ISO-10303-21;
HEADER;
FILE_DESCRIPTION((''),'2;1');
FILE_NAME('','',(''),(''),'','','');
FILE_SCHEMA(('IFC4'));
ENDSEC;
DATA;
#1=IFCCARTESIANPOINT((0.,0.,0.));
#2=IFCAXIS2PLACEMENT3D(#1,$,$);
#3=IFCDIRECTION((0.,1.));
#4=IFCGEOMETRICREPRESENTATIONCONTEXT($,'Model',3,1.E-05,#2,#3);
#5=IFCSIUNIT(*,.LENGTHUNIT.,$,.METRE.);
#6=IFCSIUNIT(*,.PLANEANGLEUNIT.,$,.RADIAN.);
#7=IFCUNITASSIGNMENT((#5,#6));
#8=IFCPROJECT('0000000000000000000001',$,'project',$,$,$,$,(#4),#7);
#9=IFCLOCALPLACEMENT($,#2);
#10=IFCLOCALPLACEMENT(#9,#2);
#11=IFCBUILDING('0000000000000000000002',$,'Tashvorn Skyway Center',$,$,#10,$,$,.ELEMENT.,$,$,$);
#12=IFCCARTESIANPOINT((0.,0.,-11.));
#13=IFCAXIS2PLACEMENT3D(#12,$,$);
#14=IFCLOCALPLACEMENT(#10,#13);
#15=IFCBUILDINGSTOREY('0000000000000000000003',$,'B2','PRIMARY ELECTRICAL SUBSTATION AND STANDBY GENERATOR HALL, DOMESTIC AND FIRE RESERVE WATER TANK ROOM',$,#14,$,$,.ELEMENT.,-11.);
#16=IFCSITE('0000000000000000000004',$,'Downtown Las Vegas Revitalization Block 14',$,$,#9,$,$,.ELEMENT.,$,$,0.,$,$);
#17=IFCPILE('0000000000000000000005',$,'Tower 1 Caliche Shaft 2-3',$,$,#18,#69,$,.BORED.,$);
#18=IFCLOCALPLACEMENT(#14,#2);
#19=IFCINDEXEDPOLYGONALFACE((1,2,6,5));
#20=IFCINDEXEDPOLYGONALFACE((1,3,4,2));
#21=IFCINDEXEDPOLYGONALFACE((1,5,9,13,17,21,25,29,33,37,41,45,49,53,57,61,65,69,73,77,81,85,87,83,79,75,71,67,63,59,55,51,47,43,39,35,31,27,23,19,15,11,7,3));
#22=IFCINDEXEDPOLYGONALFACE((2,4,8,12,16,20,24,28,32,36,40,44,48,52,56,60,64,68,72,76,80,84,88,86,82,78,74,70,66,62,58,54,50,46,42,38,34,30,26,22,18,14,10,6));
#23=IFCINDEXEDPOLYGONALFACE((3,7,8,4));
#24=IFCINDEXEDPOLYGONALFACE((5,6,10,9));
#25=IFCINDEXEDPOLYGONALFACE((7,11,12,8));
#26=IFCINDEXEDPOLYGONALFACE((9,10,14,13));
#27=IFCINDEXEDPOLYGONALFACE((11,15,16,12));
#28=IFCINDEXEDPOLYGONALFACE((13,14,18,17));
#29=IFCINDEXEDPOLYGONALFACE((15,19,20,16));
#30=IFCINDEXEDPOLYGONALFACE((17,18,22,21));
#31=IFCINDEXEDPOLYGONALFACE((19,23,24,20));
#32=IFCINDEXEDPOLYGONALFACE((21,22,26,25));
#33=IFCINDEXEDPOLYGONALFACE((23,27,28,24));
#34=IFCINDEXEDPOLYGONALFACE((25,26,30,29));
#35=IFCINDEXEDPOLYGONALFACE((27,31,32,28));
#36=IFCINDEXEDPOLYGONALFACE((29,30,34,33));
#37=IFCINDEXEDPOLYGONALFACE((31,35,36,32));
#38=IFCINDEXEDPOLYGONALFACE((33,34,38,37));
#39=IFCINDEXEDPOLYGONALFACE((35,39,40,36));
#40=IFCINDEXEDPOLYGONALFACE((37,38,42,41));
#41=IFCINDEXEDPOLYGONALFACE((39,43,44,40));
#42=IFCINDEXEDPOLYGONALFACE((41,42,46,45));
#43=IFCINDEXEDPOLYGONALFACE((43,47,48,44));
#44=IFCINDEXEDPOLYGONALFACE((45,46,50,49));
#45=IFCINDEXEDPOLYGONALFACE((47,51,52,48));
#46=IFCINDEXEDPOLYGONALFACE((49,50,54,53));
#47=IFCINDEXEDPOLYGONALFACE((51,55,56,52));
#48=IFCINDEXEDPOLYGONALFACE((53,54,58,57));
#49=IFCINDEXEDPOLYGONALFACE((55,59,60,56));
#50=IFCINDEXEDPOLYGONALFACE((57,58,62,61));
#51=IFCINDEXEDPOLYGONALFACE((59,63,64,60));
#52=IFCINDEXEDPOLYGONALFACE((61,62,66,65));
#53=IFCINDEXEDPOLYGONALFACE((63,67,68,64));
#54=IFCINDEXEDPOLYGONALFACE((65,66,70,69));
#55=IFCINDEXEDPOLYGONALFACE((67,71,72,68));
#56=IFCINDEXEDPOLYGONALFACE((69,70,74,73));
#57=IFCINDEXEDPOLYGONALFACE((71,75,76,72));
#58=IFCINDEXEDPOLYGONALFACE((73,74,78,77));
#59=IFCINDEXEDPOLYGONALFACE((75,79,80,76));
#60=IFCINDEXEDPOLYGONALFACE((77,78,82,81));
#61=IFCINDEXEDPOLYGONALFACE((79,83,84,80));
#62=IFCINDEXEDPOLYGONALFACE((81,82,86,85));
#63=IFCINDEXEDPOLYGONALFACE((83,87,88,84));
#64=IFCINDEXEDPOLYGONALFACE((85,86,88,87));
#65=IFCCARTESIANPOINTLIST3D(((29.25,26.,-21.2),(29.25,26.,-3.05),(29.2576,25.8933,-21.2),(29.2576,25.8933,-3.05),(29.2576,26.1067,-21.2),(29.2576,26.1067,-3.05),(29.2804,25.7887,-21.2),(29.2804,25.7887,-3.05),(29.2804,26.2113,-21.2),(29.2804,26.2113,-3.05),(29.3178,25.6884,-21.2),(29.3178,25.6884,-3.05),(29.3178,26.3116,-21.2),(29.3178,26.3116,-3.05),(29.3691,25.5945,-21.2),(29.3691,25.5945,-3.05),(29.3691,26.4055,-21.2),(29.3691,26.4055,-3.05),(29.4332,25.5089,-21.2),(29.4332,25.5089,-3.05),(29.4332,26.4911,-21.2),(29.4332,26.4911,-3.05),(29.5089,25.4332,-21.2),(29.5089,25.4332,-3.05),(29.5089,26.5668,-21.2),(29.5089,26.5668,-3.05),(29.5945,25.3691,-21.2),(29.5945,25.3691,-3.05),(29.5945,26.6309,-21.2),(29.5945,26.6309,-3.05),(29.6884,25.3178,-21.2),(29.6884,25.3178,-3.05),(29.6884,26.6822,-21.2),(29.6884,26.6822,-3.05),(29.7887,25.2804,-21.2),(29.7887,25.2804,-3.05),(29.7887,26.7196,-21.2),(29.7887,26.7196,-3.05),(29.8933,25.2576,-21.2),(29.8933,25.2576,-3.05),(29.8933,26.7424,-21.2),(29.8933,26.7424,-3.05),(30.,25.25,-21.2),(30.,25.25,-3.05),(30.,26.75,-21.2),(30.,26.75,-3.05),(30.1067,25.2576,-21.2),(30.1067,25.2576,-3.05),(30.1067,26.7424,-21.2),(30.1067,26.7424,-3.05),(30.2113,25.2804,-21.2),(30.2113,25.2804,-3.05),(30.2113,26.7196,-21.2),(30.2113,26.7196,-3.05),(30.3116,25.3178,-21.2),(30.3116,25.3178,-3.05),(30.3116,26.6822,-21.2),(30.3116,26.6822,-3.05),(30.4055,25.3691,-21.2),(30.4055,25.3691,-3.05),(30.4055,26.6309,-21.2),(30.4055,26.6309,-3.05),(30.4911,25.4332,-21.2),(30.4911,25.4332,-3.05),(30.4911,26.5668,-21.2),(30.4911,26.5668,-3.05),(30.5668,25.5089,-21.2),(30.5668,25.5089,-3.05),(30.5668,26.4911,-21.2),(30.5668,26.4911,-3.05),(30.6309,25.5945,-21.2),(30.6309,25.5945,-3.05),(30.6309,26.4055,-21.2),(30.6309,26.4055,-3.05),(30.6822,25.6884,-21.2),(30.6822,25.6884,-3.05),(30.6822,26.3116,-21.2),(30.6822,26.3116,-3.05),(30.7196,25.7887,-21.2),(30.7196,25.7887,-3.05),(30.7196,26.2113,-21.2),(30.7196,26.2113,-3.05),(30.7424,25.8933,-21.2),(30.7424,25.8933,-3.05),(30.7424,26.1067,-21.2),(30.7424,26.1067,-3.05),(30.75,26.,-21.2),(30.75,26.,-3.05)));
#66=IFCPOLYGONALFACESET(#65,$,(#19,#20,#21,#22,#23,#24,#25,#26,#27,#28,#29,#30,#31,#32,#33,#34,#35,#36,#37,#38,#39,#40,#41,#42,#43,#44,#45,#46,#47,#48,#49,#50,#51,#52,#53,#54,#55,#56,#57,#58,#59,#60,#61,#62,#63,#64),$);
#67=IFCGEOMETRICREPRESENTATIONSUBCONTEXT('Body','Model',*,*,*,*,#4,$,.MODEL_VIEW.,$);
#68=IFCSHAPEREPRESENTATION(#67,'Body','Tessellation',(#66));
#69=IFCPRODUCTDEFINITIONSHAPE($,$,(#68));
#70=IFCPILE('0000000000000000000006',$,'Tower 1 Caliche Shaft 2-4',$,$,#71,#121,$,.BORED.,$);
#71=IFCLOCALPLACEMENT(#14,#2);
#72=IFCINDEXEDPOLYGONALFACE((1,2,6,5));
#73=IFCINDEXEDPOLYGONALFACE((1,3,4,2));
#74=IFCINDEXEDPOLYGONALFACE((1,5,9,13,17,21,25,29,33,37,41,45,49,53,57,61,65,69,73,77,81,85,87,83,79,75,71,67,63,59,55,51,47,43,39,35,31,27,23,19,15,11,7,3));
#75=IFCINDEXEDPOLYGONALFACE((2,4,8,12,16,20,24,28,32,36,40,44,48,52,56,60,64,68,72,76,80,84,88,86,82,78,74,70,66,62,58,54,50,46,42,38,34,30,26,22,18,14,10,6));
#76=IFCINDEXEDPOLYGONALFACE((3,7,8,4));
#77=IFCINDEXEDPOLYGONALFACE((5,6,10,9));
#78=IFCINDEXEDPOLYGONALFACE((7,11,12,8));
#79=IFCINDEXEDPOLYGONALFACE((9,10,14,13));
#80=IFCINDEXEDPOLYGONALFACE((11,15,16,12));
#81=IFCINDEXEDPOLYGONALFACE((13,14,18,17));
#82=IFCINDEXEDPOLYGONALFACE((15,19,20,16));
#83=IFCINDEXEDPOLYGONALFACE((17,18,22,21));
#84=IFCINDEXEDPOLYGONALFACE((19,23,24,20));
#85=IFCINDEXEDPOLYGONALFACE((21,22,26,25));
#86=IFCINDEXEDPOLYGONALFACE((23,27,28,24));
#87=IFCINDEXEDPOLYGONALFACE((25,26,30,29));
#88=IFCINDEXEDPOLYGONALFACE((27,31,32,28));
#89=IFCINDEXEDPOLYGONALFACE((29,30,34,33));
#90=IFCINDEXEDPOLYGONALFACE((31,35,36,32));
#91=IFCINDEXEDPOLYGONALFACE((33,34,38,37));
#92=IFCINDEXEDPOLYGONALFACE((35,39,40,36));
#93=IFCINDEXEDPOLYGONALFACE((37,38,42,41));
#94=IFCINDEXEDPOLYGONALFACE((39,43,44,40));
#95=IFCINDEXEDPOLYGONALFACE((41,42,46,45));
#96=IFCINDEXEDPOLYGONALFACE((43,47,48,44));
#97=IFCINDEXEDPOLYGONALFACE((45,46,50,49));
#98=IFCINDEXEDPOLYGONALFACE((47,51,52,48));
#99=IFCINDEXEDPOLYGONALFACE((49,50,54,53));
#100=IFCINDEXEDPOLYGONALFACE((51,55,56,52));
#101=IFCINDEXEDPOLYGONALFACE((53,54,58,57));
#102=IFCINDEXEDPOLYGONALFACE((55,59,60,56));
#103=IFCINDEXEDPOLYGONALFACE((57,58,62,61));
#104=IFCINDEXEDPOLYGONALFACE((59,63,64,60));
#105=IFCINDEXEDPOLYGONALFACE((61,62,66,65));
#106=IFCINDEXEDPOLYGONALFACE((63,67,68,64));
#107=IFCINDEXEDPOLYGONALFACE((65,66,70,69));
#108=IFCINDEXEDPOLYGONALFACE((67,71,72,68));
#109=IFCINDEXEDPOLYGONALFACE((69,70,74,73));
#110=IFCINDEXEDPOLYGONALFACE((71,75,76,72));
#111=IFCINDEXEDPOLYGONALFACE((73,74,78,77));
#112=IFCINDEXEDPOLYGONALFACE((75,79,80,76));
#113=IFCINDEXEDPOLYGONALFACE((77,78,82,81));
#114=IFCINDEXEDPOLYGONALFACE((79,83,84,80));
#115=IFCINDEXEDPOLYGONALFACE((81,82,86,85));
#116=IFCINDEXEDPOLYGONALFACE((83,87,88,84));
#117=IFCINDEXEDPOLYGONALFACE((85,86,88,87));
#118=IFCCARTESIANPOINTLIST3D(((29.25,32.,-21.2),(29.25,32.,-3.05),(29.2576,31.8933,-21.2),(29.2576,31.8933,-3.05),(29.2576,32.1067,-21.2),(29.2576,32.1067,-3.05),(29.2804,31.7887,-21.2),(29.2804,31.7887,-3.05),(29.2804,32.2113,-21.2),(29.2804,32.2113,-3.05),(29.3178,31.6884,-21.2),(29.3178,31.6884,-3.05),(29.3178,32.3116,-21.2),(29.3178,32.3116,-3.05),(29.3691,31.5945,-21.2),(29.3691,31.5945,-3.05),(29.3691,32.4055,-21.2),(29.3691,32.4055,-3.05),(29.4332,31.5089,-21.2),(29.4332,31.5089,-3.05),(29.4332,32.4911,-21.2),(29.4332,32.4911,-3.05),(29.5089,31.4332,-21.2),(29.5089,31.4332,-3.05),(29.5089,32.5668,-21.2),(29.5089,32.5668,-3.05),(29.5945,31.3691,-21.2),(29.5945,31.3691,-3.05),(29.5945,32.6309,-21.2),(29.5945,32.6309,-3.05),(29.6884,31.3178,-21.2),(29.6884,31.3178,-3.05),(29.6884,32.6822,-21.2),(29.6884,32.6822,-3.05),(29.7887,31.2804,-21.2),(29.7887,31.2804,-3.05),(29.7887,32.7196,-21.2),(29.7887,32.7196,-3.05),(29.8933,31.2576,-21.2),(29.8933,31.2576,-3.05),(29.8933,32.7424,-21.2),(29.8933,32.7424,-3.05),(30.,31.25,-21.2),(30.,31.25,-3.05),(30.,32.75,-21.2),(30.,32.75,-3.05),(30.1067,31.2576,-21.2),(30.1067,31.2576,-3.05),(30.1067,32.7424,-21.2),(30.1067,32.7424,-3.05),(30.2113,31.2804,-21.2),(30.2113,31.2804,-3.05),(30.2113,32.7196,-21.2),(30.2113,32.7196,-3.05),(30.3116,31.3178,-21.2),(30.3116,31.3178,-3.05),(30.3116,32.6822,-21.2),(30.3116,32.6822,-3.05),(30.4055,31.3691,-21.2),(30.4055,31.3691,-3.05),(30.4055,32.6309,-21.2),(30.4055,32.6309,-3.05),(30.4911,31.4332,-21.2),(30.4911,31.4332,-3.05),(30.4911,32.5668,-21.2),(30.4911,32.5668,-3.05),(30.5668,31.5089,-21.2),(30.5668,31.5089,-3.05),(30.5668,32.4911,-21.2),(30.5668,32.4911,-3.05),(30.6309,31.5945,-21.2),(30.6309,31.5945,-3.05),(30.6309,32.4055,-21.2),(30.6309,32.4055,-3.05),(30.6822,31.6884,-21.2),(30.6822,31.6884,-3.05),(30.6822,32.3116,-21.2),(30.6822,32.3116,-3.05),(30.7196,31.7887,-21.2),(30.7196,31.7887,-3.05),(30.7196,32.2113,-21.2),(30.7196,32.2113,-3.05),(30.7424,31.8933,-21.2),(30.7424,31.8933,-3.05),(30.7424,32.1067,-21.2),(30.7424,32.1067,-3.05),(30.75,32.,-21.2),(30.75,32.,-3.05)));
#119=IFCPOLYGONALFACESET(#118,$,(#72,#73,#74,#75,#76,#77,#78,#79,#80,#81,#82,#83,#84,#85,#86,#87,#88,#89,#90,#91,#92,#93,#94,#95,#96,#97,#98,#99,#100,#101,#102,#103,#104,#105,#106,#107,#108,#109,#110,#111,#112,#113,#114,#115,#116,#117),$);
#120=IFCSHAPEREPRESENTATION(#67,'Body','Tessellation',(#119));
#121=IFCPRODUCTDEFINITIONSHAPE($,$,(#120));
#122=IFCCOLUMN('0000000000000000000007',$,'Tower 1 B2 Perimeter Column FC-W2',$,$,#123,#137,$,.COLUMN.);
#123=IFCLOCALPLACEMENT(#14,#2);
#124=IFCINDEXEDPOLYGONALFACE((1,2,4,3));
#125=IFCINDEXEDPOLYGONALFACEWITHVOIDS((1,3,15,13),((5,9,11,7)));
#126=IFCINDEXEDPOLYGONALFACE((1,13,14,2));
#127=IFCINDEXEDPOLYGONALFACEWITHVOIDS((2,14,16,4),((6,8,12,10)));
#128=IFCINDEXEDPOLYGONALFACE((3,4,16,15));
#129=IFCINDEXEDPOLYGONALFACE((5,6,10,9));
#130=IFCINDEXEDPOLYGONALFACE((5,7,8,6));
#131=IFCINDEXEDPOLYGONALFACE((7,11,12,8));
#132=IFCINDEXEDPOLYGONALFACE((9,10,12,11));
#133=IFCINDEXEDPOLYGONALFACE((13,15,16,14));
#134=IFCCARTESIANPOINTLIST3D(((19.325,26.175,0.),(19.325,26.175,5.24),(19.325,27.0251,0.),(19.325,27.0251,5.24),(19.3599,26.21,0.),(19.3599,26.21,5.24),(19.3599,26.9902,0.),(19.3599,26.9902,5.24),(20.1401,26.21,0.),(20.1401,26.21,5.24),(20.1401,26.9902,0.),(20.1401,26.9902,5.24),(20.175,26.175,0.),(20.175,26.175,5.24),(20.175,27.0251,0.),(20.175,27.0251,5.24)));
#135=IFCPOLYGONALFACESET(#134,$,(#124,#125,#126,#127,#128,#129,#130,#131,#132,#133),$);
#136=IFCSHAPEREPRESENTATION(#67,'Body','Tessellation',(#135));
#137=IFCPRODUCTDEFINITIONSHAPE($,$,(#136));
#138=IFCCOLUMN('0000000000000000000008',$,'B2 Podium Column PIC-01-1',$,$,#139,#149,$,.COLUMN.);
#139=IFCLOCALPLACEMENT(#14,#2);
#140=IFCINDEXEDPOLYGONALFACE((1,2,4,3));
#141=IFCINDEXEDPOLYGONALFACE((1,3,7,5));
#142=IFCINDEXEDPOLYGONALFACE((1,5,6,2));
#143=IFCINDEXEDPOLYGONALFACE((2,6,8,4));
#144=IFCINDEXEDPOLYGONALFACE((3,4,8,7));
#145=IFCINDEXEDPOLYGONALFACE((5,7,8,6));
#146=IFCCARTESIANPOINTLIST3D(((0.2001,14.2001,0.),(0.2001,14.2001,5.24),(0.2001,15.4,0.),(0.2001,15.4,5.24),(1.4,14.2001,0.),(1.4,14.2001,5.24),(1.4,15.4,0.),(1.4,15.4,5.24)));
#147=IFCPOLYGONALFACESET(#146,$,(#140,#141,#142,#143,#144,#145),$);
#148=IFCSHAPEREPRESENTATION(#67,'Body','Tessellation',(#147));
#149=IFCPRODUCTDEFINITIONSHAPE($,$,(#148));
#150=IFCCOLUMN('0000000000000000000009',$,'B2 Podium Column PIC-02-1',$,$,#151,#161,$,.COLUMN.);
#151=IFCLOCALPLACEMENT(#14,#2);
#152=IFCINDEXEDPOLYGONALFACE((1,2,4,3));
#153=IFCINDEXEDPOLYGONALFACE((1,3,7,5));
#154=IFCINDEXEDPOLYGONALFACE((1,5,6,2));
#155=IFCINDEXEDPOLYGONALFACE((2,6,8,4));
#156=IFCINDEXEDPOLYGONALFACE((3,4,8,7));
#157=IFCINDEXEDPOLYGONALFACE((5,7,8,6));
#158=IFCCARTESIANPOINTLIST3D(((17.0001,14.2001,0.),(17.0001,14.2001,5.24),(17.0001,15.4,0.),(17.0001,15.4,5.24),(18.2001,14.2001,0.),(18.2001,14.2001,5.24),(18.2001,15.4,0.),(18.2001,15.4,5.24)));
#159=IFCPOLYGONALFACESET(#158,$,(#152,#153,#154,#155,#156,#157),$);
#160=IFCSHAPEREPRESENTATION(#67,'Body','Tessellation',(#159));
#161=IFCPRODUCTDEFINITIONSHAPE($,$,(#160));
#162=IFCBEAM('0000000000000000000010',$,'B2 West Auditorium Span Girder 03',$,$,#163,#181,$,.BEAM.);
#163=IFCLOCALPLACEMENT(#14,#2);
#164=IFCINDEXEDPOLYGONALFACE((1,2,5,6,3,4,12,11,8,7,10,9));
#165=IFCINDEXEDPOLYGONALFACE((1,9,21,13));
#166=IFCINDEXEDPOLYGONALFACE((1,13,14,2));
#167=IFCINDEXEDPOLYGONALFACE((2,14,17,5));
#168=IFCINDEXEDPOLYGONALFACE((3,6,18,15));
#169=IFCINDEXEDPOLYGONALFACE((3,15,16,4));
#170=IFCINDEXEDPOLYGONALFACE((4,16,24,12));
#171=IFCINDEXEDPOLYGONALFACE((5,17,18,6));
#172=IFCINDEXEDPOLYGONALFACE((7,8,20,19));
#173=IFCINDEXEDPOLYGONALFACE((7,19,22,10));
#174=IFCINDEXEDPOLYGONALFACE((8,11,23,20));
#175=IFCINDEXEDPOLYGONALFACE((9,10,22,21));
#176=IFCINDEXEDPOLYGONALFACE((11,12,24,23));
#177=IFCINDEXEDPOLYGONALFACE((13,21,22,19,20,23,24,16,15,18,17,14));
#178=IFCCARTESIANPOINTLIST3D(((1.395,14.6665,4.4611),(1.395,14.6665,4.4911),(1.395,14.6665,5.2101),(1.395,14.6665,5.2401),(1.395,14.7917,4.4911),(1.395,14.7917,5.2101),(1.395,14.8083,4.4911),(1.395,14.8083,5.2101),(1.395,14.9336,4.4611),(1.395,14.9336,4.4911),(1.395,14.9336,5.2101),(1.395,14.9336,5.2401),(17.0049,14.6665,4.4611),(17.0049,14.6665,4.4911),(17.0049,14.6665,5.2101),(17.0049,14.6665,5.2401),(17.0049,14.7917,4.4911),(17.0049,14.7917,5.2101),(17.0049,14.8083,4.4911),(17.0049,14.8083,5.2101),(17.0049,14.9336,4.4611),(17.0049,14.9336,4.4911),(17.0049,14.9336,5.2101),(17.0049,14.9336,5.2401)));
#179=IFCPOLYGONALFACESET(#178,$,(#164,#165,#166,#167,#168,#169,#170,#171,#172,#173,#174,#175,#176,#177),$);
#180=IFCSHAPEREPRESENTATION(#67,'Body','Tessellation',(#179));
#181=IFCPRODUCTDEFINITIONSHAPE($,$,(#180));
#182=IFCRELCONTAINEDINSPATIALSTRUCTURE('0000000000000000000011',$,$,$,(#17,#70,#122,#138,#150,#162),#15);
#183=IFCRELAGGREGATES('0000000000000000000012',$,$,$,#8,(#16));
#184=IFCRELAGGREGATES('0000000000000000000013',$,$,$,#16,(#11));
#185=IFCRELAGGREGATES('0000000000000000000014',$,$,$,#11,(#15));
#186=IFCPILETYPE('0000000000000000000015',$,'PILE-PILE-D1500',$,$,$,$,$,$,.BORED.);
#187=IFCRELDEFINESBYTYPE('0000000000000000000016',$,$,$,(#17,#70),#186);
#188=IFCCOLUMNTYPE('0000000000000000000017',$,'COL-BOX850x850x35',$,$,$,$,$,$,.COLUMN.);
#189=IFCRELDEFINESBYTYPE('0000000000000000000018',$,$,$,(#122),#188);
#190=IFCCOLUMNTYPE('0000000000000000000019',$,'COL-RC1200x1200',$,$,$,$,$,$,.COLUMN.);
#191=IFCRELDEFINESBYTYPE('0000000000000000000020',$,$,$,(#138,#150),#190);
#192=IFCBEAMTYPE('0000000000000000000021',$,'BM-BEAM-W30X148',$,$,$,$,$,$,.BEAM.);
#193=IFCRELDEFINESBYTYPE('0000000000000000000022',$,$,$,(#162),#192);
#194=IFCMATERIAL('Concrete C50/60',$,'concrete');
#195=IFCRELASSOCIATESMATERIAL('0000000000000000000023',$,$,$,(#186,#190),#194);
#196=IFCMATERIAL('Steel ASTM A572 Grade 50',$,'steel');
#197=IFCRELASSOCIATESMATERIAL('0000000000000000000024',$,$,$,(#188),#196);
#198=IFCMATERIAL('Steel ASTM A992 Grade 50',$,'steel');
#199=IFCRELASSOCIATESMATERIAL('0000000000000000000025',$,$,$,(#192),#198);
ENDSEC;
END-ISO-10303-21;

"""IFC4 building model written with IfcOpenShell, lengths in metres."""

from ifc_helpers import new_model, si_unit, direction, frame, origin, origin_2d, place, context, subcontext, project, spatial, rectangle, hollow_rectangle, circle, i_section, extrude, material, material_profile, profile_set, type_object, element, save


model = new_model("IFC4")

# Units and contexts
model_context = context("Model", 3, precision=1e-05, world=origin(), true_north=direction((0.0, 1.0)))
body_context = subcontext(model_context, "Body", "Model", "MODEL_VIEW")
ifc_project = project(units=[si_unit("LENGTHUNIT", "METRE"), si_unit("PLANEANGLEUNIT", "RADIAN")], contexts=[model_context])

# Site, building, storey
site_placement = place(None, origin())
site = spatial("IfcSite", under=ifc_project, at=site_placement, Name="Downtown Las Vegas Revitalization Block 14", CompositionType="ELEMENT", RefElevation=0.0)
building_placement = place(site_placement, origin())
building = spatial("IfcBuilding", under=site, at=building_placement, Name="Tashvorn Skyway Center", CompositionType="ELEMENT")
storey_placement = place(building_placement, frame((0.0, 0.0, -11.0)))
storey = spatial("IfcBuildingStorey", under=building, at=storey_placement, Name="B2", Description="PRIMARY ELECTRICAL SUBSTATION AND STANDBY GENERATOR HALL, DOMESTIC AND FIRE RESERVE WATER TANK ROOM", CompositionType="ELEMENT", Elevation=-11.0)

# Piles
ifc_material_1 = material(Name="Concrete C50/60", Category="concrete")
ifc_material_profile_1 = material_profile(ifc_material_1, circle(Radius=0.75, at=origin_2d()), Name="PILE-D1500")
ifc_profile_set_1 = profile_set([ifc_material_profile_1], Name="Concrete C50/60")
pile_type = type_object("IfcPileType", Name="PILE-PILE-D1500", PredefinedType="BORED", material=ifc_profile_set_1)
for number, where, z_axis, x_axis, name in (
    (1, (30.0, 26.0, -3.05), (0.0, 0.0, -1.0), (1.0, 0.0, 0.0), "Tower 1 Caliche Shaft 2-3"),
    (2, (30.0, 32.0, -3.05), (0.0, 0.0, -1.0), (1.0, 0.0, 0.0), "Tower 1 Caliche Shaft 2-4"),
):
    element("IfcPile", number, at=place(storey_placement, frame(where, z_axis=z_axis, x_axis=x_axis)), inside=storey, type_object=pile_type, Name=name, PredefinedType="BORED", context=body_context, shape_type="SweptSolid", body=[
        extrude(circle(Radius=0.75, at=origin_2d()), origin(), (0.0, 0.0, 1.0), 18.1499),
    ])

# Columns
ifc_material_2 = material(Name="Steel ASTM A572 Grade 50", Category="steel")
ifc_material_profile_2 = material_profile(ifc_material_2, hollow_rectangle(XDim=0.8501, YDim=0.8501, WallThickness=0.0349, at=origin_2d()), Name="BOX850x850x35")
ifc_profile_set_2 = profile_set([ifc_material_profile_2], Name="Steel ASTM A572 Grade 50")
column_type_1 = type_object("IfcColumnType", Name="COL-BOX850x850x35", PredefinedType="COLUMN", material=ifc_profile_set_2)
column_placement = place(storey_placement, frame((19.75, 26.6001, 0.0), z_axis=(0.0, 0.0, 1.0), x_axis=(1.0, 0.0, 0.0)))
element("IfcColumn", 3, at=column_placement, inside=storey, type_object=column_type_1, Name="Tower 1 B2 Perimeter Column FC-W2", PredefinedType="COLUMN", context=body_context, shape_type="SweptSolid", body=[
    extrude(hollow_rectangle(XDim=0.8501, YDim=0.8501, WallThickness=0.0349, at=origin_2d()), origin(), (0.0, 0.0, 1.0), 5.24),
])
ifc_material_profile_3 = material_profile(ifc_material_1, rectangle(XDim=1.2, YDim=1.2, at=origin_2d()), Name="RC1200x1200")
ifc_profile_set_3 = profile_set([ifc_material_profile_3], Name="Concrete C50/60")
column_type_2 = type_object("IfcColumnType", Name="COL-RC1200x1200", PredefinedType="COLUMN", material=ifc_profile_set_3)
for number, where, z_axis, x_axis, name in (
    (4, (0.8, 14.8, 0.0), (0.0, 0.0, 1.0), (1.0, 0.0, 0.0), "B2 Podium Column PIC-01-1"),
    (5, (17.6001, 14.8, 0.0), (0.0, 0.0, 1.0), (1.0, 0.0, 0.0), "B2 Podium Column PIC-02-1"),
):
    element("IfcColumn", number, at=place(storey_placement, frame(where, z_axis=z_axis, x_axis=x_axis)), inside=storey, type_object=column_type_2, Name=name, PredefinedType="COLUMN", context=body_context, shape_type="SweptSolid", body=[
        extrude(rectangle(XDim=1.2, YDim=1.2, at=origin_2d()), origin(), (0.0, 0.0, 1.0), 5.24),
    ])

# Beam
ifc_material_3 = material(Name="Steel ASTM A992 Grade 50", Category="steel")
ifc_material_profile_4 = material_profile(ifc_material_3, i_section(OverallWidth=0.2671, OverallDepth=0.7791, WebThickness=0.0166, FlangeThickness=0.03, at=origin_2d()), Name="W30X148")
ifc_profile_set_4 = profile_set([ifc_material_profile_4], Name="Steel ASTM A992 Grade 50")
beam_type_1 = type_object("IfcBeamType", Name="BM-BEAM-W30X148", PredefinedType="BEAM", material=ifc_profile_set_4)
beam_1_placement = place(storey_placement, frame((1.395, 14.8, 4.8506), z_axis=(1.0, 0.0, 0.0), x_axis=(0.0, 1.0, 0.0)))
element("IfcBeam", 6, at=beam_1_placement, inside=storey, type_object=beam_type_1, Name="B2 West Auditorium Span Girder 03", PredefinedType="BEAM", context=body_context, shape_type="SweptSolid", body=[
    extrude(i_section(OverallWidth=0.2671, OverallDepth=0.7791, WebThickness=0.0166, FlangeThickness=0.03, at=origin_2d()), origin(), (0.0, 0.0, 1.0), 15.6099),
])

save(model, "model.ifc")
